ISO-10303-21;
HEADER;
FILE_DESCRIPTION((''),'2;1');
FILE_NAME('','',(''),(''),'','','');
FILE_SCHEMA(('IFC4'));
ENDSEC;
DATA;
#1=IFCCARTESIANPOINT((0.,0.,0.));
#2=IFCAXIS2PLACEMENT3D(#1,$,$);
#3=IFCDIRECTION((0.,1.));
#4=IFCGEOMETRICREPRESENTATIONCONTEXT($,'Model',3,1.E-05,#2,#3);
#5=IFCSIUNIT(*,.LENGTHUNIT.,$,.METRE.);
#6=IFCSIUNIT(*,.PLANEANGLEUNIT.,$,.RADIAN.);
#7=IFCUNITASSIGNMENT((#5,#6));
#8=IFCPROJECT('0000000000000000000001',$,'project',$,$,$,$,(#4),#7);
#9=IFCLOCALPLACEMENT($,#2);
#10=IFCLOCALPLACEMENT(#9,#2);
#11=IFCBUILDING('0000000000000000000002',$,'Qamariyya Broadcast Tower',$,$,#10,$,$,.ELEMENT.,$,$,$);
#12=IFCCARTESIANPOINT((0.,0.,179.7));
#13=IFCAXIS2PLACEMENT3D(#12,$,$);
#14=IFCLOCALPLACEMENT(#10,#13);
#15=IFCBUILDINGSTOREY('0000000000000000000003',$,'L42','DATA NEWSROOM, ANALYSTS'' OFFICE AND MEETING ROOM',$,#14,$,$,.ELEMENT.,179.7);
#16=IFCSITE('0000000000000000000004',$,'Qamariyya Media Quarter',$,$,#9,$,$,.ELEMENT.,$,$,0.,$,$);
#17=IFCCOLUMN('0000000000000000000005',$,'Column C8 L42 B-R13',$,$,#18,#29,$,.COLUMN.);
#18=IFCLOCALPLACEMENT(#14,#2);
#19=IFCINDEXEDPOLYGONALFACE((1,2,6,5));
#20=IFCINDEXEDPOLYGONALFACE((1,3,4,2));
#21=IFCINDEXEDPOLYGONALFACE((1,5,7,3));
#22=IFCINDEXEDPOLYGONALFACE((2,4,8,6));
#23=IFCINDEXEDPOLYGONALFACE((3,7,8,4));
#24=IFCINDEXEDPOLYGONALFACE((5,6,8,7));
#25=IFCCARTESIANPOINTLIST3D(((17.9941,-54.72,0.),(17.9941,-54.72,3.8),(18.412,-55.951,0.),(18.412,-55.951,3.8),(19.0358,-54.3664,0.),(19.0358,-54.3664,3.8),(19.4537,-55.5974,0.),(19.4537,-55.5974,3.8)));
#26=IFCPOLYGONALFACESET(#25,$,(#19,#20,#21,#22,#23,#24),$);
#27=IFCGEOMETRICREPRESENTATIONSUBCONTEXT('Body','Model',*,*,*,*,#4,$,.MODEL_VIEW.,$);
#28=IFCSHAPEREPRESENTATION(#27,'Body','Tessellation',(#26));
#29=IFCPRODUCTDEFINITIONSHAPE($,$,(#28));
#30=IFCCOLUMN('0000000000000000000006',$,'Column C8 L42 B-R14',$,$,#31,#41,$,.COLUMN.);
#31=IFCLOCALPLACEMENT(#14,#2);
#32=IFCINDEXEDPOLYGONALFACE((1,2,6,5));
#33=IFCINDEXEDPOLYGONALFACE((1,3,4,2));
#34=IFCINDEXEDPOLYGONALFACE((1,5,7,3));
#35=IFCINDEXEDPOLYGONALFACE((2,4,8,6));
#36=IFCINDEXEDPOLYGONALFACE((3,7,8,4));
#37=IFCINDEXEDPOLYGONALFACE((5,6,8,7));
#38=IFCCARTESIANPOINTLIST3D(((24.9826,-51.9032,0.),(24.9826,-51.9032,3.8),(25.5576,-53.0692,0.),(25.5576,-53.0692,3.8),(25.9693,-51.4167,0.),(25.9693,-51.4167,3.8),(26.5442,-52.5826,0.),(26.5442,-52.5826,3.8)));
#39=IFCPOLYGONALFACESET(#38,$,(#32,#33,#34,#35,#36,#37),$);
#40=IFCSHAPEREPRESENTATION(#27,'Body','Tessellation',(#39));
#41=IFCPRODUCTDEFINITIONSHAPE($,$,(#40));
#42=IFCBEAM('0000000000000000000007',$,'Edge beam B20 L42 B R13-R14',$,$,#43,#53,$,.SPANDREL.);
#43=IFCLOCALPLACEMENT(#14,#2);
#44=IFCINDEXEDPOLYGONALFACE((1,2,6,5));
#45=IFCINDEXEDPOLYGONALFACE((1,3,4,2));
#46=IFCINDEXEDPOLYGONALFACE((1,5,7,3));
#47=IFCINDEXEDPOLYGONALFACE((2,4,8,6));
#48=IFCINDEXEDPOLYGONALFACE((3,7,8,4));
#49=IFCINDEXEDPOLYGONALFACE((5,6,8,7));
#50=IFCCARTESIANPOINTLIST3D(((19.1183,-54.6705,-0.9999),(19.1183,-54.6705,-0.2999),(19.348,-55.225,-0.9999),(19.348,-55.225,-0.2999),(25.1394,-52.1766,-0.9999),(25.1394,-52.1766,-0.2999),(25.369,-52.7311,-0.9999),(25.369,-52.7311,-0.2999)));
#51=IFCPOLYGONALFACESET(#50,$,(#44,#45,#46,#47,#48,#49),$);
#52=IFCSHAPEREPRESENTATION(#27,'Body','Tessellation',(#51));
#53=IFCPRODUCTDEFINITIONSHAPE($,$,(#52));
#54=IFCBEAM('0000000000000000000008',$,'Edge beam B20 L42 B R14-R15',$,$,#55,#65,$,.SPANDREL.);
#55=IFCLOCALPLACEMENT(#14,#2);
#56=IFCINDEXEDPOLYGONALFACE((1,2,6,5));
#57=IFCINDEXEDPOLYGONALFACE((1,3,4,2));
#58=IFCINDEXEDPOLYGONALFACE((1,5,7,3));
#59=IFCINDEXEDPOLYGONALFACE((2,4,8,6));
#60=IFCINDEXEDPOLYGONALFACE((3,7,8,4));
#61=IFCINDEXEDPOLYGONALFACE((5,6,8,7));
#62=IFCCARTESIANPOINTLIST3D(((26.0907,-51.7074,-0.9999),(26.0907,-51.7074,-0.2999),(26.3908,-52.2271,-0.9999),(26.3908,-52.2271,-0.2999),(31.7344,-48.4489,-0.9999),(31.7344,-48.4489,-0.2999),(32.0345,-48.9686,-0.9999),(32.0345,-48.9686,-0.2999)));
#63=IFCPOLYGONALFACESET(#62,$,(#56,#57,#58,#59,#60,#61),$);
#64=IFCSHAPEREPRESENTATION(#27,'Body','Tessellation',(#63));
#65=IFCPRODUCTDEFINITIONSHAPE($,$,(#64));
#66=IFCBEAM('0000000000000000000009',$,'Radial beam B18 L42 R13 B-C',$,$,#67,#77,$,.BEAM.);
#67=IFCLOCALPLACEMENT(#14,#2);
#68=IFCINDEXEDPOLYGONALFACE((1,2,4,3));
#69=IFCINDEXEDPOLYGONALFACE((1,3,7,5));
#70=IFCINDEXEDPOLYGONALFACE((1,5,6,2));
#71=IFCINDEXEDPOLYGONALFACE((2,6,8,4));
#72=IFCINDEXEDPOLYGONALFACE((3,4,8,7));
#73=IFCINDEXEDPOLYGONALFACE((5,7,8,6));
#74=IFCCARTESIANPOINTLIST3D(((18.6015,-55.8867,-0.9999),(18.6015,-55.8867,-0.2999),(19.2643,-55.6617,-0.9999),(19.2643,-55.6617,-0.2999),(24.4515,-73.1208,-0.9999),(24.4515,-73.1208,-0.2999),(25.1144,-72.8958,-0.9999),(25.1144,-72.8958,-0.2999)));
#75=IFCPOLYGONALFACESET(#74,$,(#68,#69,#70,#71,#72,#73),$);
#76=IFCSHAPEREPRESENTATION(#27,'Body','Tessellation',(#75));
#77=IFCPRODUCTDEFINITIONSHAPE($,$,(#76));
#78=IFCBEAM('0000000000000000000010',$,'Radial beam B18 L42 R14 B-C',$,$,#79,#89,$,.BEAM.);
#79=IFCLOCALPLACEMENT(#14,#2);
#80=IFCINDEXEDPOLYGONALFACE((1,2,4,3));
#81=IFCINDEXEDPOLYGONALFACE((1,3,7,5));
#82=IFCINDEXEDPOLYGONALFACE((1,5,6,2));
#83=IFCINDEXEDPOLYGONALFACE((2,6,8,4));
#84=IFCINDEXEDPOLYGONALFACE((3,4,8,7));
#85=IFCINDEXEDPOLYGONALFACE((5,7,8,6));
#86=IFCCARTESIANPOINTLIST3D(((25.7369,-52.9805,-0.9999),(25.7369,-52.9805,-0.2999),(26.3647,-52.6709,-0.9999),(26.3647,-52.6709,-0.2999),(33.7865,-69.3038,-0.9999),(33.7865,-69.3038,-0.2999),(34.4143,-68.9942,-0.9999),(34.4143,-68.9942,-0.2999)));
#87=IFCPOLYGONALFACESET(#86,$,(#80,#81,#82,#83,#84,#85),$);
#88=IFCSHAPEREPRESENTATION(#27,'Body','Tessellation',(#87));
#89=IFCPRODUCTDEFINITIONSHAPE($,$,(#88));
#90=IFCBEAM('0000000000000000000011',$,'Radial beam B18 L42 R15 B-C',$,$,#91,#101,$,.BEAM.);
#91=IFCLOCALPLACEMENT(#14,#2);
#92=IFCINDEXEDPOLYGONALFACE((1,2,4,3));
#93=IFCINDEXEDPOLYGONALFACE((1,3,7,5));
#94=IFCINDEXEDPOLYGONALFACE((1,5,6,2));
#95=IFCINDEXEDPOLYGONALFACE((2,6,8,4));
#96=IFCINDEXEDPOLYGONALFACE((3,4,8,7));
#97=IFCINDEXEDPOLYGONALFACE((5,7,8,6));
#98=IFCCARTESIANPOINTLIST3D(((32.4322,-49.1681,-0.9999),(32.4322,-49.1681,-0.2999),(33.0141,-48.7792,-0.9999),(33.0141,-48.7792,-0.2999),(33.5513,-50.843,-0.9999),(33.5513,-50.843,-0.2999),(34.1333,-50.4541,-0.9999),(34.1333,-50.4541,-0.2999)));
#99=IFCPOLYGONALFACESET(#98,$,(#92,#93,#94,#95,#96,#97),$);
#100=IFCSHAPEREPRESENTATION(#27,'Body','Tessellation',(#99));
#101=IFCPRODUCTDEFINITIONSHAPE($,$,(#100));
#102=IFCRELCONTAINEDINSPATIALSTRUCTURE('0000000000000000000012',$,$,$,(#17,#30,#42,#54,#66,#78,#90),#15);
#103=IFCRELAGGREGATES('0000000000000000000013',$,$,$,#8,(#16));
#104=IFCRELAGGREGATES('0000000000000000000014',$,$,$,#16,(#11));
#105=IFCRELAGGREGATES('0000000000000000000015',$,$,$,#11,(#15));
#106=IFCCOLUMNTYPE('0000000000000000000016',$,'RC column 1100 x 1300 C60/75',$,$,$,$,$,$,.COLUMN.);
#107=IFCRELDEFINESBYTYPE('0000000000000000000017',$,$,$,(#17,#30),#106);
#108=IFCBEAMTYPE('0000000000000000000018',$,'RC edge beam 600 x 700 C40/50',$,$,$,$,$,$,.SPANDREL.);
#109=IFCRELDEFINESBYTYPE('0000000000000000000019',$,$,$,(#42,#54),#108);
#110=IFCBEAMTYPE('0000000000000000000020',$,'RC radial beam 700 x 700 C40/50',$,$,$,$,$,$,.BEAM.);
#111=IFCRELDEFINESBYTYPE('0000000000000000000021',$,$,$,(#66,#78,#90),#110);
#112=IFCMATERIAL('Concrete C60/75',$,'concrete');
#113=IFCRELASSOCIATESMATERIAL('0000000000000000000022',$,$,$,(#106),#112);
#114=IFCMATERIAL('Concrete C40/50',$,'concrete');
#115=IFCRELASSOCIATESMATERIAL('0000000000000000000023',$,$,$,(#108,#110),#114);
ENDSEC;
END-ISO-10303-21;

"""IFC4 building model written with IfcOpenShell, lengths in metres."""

from ifc_helpers import new_model, si_unit, direction, frame, origin, origin_2d, place, context, subcontext, project, spatial, rectangle, extrude, material, material_profile, profile_set, type_object, element, save


model = new_model("IFC4")

# Units and contexts
model_context = context("Model", 3, precision=1e-05, world=origin(), true_north=direction((0.0, 1.0)))
body_context = subcontext(model_context, "Body", "Model", "MODEL_VIEW")
ifc_project = project(units=[si_unit("LENGTHUNIT", "METRE"), si_unit("PLANEANGLEUNIT", "RADIAN")], contexts=[model_context])

# Site, building, storey
site_placement = place(None, origin())
site = spatial("IfcSite", under=ifc_project, at=site_placement, Name="Qamariyya Media Quarter", CompositionType="ELEMENT", RefElevation=0.0)
building_placement = place(site_placement, origin())
building = spatial("IfcBuilding", under=site, at=building_placement, Name="Qamariyya Broadcast Tower", CompositionType="ELEMENT")
storey_placement = place(building_placement, frame((0.0, 0.0, 179.7)))
storey = spatial("IfcBuildingStorey", under=building, at=storey_placement, Name="L42", Description="DATA NEWSROOM, ANALYSTS' OFFICE AND MEETING ROOM", CompositionType="ELEMENT", Elevation=179.7)

# Columns
ifc_material_1 = material(Name="Concrete C60/75", Category="concrete")
ifc_material_profile_1 = material_profile(ifc_material_1, rectangle(XDim=1.1001, YDim=1.3, at=origin_2d()))
ifc_profile_set_1 = profile_set([ifc_material_profile_1], Name="Concrete C60/75")
column_type = type_object("IfcColumnType", Name="RC column 1100 x 1300 C60/75", PredefinedType="COLUMN", material=ifc_profile_set_1)
for number, where, z_axis, x_axis, name in (
    (1, (18.7239, -55.1587, 0.0), (0.0, 0.0, 1.0), (0.94693, 0.321439, 0.0), "Column C8 L42 B-R13"),
    (2, (25.7634, -52.2429, 0.0), (0.0, 0.0, 1.0), (0.896873, 0.442289, 0.0), "Column C8 L42 B-R14"),
):
    element("IfcColumn", number, at=place(storey_placement, frame(where, z_axis=z_axis, x_axis=x_axis)), inside=storey, type_object=column_type, Name=name, PredefinedType="COLUMN", context=body_context, shape_type="SweptSolid", body=[
        extrude(rectangle(XDim=1.1001, YDim=1.3, at=origin_2d()), origin(), (0.0, 0.0, 1.0), 3.8),
    ])

# Beams
ifc_material_2 = material(Name="Concrete C40/50", Category="concrete")
ifc_material_profile_2 = material_profile(ifc_material_2, rectangle(XDim=0.6001, YDim=0.7, at=origin_2d()))
ifc_profile_set_2 = profile_set([ifc_material_profile_2], Name="Concrete C40/50")
beam_type_1 = type_object("IfcBeamType", Name="RC edge beam 600 x 700 C40/50", PredefinedType="SPANDREL", material=ifc_profile_set_2)
beam_1_placement = place(storey_placement, frame((19.2332, -54.9478, -0.6499), z_axis=(0.923884, 0.382673, 0.0), x_axis=(-0.382673, 0.923884, 0.0)))
element("IfcBeam", 3, at=beam_1_placement, inside=storey, type_object=beam_type_1, Name="Edge beam B20 L42 B R13-R14", PredefinedType="SPANDREL", context=body_context, shape_type="SweptSolid", body=[
    extrude(rectangle(XDim=0.6001, YDim=0.7, at=origin_2d()), origin(), (0.0, 0.0, 1.0), 6.5171),
])
beam_2_placement = place(storey_placement, frame((26.2407, -51.9673, -0.6499), z_axis=(0.866019, 0.500011, 0.0), x_axis=(-0.500011, 0.866019, 0.0)))
element("IfcBeam", 4, at=beam_2_placement, inside=storey, type_object=beam_type_1, Name="Edge beam B20 L42 B R14-R15", PredefinedType="SPANDREL", context=body_context, shape_type="SweptSolid", body=[
    extrude(rectangle(XDim=0.6001, YDim=0.7, at=origin_2d()), origin(), (0.0, 0.0, 1.0), 6.5168),
])
ifc_material_profile_3 = material_profile(ifc_material_2, rectangle(XDim=0.7, YDim=0.7, at=origin_2d()))
ifc_profile_set_3 = profile_set([ifc_material_profile_3], Name="Concrete C40/50")
beam_type_2 = type_object("IfcBeamType", Name="RC radial beam 700 x 700 C40/50", PredefinedType="BEAM", material=ifc_profile_set_3)
beam_3_placement = place(storey_placement, frame((18.9329, -55.7742, -0.6499), z_axis=(0.321434, -0.946932, 0.0), x_axis=(0.946932, 0.321434, 0.0)))
element("IfcBeam", 5, at=beam_3_placement, inside=storey, type_object=beam_type_2, Name="Radial beam B18 L42 R13 B-C", PredefinedType="BEAM", context=body_context, shape_type="SweptSolid", body=[
    extrude(rectangle(XDim=0.7, YDim=0.7, at=origin_2d()), origin(), (0.0, 0.0, 1.0), 18.2),
])
beam_4_placement = place(storey_placement, frame((26.0508, -52.8257, -0.6499), z_axis=(0.442281, -0.896876, 0.0), x_axis=(0.896876, 0.442281, 0.0)))
element("IfcBeam", 6, at=beam_4_placement, inside=storey, type_object=beam_type_2, Name="Radial beam B18 L42 R14 B-C", PredefinedType="BEAM", context=body_context, shape_type="SweptSolid", body=[
    extrude(rectangle(XDim=0.7, YDim=0.7, at=origin_2d()), origin(), (0.0, 0.0, 1.0), 18.2002),
])
beam_5_placement = place(storey_placement, frame((32.7231, -48.9736, -0.6499), z_axis=(0.555595, -0.831453, 0.0), x_axis=(0.831453, 0.555595, 0.0)))
element("IfcBeam", 7, at=beam_5_placement, inside=storey, type_object=beam_type_2, Name="Radial beam B18 L42 R15 B-C", PredefinedType="BEAM", context=body_context, shape_type="SweptSolid", body=[
    extrude(rectangle(XDim=0.7, YDim=0.7, at=origin_2d()), origin(), (0.0, 0.0, 1.0), 2.0144),
])

save(model, "model.ifc")
